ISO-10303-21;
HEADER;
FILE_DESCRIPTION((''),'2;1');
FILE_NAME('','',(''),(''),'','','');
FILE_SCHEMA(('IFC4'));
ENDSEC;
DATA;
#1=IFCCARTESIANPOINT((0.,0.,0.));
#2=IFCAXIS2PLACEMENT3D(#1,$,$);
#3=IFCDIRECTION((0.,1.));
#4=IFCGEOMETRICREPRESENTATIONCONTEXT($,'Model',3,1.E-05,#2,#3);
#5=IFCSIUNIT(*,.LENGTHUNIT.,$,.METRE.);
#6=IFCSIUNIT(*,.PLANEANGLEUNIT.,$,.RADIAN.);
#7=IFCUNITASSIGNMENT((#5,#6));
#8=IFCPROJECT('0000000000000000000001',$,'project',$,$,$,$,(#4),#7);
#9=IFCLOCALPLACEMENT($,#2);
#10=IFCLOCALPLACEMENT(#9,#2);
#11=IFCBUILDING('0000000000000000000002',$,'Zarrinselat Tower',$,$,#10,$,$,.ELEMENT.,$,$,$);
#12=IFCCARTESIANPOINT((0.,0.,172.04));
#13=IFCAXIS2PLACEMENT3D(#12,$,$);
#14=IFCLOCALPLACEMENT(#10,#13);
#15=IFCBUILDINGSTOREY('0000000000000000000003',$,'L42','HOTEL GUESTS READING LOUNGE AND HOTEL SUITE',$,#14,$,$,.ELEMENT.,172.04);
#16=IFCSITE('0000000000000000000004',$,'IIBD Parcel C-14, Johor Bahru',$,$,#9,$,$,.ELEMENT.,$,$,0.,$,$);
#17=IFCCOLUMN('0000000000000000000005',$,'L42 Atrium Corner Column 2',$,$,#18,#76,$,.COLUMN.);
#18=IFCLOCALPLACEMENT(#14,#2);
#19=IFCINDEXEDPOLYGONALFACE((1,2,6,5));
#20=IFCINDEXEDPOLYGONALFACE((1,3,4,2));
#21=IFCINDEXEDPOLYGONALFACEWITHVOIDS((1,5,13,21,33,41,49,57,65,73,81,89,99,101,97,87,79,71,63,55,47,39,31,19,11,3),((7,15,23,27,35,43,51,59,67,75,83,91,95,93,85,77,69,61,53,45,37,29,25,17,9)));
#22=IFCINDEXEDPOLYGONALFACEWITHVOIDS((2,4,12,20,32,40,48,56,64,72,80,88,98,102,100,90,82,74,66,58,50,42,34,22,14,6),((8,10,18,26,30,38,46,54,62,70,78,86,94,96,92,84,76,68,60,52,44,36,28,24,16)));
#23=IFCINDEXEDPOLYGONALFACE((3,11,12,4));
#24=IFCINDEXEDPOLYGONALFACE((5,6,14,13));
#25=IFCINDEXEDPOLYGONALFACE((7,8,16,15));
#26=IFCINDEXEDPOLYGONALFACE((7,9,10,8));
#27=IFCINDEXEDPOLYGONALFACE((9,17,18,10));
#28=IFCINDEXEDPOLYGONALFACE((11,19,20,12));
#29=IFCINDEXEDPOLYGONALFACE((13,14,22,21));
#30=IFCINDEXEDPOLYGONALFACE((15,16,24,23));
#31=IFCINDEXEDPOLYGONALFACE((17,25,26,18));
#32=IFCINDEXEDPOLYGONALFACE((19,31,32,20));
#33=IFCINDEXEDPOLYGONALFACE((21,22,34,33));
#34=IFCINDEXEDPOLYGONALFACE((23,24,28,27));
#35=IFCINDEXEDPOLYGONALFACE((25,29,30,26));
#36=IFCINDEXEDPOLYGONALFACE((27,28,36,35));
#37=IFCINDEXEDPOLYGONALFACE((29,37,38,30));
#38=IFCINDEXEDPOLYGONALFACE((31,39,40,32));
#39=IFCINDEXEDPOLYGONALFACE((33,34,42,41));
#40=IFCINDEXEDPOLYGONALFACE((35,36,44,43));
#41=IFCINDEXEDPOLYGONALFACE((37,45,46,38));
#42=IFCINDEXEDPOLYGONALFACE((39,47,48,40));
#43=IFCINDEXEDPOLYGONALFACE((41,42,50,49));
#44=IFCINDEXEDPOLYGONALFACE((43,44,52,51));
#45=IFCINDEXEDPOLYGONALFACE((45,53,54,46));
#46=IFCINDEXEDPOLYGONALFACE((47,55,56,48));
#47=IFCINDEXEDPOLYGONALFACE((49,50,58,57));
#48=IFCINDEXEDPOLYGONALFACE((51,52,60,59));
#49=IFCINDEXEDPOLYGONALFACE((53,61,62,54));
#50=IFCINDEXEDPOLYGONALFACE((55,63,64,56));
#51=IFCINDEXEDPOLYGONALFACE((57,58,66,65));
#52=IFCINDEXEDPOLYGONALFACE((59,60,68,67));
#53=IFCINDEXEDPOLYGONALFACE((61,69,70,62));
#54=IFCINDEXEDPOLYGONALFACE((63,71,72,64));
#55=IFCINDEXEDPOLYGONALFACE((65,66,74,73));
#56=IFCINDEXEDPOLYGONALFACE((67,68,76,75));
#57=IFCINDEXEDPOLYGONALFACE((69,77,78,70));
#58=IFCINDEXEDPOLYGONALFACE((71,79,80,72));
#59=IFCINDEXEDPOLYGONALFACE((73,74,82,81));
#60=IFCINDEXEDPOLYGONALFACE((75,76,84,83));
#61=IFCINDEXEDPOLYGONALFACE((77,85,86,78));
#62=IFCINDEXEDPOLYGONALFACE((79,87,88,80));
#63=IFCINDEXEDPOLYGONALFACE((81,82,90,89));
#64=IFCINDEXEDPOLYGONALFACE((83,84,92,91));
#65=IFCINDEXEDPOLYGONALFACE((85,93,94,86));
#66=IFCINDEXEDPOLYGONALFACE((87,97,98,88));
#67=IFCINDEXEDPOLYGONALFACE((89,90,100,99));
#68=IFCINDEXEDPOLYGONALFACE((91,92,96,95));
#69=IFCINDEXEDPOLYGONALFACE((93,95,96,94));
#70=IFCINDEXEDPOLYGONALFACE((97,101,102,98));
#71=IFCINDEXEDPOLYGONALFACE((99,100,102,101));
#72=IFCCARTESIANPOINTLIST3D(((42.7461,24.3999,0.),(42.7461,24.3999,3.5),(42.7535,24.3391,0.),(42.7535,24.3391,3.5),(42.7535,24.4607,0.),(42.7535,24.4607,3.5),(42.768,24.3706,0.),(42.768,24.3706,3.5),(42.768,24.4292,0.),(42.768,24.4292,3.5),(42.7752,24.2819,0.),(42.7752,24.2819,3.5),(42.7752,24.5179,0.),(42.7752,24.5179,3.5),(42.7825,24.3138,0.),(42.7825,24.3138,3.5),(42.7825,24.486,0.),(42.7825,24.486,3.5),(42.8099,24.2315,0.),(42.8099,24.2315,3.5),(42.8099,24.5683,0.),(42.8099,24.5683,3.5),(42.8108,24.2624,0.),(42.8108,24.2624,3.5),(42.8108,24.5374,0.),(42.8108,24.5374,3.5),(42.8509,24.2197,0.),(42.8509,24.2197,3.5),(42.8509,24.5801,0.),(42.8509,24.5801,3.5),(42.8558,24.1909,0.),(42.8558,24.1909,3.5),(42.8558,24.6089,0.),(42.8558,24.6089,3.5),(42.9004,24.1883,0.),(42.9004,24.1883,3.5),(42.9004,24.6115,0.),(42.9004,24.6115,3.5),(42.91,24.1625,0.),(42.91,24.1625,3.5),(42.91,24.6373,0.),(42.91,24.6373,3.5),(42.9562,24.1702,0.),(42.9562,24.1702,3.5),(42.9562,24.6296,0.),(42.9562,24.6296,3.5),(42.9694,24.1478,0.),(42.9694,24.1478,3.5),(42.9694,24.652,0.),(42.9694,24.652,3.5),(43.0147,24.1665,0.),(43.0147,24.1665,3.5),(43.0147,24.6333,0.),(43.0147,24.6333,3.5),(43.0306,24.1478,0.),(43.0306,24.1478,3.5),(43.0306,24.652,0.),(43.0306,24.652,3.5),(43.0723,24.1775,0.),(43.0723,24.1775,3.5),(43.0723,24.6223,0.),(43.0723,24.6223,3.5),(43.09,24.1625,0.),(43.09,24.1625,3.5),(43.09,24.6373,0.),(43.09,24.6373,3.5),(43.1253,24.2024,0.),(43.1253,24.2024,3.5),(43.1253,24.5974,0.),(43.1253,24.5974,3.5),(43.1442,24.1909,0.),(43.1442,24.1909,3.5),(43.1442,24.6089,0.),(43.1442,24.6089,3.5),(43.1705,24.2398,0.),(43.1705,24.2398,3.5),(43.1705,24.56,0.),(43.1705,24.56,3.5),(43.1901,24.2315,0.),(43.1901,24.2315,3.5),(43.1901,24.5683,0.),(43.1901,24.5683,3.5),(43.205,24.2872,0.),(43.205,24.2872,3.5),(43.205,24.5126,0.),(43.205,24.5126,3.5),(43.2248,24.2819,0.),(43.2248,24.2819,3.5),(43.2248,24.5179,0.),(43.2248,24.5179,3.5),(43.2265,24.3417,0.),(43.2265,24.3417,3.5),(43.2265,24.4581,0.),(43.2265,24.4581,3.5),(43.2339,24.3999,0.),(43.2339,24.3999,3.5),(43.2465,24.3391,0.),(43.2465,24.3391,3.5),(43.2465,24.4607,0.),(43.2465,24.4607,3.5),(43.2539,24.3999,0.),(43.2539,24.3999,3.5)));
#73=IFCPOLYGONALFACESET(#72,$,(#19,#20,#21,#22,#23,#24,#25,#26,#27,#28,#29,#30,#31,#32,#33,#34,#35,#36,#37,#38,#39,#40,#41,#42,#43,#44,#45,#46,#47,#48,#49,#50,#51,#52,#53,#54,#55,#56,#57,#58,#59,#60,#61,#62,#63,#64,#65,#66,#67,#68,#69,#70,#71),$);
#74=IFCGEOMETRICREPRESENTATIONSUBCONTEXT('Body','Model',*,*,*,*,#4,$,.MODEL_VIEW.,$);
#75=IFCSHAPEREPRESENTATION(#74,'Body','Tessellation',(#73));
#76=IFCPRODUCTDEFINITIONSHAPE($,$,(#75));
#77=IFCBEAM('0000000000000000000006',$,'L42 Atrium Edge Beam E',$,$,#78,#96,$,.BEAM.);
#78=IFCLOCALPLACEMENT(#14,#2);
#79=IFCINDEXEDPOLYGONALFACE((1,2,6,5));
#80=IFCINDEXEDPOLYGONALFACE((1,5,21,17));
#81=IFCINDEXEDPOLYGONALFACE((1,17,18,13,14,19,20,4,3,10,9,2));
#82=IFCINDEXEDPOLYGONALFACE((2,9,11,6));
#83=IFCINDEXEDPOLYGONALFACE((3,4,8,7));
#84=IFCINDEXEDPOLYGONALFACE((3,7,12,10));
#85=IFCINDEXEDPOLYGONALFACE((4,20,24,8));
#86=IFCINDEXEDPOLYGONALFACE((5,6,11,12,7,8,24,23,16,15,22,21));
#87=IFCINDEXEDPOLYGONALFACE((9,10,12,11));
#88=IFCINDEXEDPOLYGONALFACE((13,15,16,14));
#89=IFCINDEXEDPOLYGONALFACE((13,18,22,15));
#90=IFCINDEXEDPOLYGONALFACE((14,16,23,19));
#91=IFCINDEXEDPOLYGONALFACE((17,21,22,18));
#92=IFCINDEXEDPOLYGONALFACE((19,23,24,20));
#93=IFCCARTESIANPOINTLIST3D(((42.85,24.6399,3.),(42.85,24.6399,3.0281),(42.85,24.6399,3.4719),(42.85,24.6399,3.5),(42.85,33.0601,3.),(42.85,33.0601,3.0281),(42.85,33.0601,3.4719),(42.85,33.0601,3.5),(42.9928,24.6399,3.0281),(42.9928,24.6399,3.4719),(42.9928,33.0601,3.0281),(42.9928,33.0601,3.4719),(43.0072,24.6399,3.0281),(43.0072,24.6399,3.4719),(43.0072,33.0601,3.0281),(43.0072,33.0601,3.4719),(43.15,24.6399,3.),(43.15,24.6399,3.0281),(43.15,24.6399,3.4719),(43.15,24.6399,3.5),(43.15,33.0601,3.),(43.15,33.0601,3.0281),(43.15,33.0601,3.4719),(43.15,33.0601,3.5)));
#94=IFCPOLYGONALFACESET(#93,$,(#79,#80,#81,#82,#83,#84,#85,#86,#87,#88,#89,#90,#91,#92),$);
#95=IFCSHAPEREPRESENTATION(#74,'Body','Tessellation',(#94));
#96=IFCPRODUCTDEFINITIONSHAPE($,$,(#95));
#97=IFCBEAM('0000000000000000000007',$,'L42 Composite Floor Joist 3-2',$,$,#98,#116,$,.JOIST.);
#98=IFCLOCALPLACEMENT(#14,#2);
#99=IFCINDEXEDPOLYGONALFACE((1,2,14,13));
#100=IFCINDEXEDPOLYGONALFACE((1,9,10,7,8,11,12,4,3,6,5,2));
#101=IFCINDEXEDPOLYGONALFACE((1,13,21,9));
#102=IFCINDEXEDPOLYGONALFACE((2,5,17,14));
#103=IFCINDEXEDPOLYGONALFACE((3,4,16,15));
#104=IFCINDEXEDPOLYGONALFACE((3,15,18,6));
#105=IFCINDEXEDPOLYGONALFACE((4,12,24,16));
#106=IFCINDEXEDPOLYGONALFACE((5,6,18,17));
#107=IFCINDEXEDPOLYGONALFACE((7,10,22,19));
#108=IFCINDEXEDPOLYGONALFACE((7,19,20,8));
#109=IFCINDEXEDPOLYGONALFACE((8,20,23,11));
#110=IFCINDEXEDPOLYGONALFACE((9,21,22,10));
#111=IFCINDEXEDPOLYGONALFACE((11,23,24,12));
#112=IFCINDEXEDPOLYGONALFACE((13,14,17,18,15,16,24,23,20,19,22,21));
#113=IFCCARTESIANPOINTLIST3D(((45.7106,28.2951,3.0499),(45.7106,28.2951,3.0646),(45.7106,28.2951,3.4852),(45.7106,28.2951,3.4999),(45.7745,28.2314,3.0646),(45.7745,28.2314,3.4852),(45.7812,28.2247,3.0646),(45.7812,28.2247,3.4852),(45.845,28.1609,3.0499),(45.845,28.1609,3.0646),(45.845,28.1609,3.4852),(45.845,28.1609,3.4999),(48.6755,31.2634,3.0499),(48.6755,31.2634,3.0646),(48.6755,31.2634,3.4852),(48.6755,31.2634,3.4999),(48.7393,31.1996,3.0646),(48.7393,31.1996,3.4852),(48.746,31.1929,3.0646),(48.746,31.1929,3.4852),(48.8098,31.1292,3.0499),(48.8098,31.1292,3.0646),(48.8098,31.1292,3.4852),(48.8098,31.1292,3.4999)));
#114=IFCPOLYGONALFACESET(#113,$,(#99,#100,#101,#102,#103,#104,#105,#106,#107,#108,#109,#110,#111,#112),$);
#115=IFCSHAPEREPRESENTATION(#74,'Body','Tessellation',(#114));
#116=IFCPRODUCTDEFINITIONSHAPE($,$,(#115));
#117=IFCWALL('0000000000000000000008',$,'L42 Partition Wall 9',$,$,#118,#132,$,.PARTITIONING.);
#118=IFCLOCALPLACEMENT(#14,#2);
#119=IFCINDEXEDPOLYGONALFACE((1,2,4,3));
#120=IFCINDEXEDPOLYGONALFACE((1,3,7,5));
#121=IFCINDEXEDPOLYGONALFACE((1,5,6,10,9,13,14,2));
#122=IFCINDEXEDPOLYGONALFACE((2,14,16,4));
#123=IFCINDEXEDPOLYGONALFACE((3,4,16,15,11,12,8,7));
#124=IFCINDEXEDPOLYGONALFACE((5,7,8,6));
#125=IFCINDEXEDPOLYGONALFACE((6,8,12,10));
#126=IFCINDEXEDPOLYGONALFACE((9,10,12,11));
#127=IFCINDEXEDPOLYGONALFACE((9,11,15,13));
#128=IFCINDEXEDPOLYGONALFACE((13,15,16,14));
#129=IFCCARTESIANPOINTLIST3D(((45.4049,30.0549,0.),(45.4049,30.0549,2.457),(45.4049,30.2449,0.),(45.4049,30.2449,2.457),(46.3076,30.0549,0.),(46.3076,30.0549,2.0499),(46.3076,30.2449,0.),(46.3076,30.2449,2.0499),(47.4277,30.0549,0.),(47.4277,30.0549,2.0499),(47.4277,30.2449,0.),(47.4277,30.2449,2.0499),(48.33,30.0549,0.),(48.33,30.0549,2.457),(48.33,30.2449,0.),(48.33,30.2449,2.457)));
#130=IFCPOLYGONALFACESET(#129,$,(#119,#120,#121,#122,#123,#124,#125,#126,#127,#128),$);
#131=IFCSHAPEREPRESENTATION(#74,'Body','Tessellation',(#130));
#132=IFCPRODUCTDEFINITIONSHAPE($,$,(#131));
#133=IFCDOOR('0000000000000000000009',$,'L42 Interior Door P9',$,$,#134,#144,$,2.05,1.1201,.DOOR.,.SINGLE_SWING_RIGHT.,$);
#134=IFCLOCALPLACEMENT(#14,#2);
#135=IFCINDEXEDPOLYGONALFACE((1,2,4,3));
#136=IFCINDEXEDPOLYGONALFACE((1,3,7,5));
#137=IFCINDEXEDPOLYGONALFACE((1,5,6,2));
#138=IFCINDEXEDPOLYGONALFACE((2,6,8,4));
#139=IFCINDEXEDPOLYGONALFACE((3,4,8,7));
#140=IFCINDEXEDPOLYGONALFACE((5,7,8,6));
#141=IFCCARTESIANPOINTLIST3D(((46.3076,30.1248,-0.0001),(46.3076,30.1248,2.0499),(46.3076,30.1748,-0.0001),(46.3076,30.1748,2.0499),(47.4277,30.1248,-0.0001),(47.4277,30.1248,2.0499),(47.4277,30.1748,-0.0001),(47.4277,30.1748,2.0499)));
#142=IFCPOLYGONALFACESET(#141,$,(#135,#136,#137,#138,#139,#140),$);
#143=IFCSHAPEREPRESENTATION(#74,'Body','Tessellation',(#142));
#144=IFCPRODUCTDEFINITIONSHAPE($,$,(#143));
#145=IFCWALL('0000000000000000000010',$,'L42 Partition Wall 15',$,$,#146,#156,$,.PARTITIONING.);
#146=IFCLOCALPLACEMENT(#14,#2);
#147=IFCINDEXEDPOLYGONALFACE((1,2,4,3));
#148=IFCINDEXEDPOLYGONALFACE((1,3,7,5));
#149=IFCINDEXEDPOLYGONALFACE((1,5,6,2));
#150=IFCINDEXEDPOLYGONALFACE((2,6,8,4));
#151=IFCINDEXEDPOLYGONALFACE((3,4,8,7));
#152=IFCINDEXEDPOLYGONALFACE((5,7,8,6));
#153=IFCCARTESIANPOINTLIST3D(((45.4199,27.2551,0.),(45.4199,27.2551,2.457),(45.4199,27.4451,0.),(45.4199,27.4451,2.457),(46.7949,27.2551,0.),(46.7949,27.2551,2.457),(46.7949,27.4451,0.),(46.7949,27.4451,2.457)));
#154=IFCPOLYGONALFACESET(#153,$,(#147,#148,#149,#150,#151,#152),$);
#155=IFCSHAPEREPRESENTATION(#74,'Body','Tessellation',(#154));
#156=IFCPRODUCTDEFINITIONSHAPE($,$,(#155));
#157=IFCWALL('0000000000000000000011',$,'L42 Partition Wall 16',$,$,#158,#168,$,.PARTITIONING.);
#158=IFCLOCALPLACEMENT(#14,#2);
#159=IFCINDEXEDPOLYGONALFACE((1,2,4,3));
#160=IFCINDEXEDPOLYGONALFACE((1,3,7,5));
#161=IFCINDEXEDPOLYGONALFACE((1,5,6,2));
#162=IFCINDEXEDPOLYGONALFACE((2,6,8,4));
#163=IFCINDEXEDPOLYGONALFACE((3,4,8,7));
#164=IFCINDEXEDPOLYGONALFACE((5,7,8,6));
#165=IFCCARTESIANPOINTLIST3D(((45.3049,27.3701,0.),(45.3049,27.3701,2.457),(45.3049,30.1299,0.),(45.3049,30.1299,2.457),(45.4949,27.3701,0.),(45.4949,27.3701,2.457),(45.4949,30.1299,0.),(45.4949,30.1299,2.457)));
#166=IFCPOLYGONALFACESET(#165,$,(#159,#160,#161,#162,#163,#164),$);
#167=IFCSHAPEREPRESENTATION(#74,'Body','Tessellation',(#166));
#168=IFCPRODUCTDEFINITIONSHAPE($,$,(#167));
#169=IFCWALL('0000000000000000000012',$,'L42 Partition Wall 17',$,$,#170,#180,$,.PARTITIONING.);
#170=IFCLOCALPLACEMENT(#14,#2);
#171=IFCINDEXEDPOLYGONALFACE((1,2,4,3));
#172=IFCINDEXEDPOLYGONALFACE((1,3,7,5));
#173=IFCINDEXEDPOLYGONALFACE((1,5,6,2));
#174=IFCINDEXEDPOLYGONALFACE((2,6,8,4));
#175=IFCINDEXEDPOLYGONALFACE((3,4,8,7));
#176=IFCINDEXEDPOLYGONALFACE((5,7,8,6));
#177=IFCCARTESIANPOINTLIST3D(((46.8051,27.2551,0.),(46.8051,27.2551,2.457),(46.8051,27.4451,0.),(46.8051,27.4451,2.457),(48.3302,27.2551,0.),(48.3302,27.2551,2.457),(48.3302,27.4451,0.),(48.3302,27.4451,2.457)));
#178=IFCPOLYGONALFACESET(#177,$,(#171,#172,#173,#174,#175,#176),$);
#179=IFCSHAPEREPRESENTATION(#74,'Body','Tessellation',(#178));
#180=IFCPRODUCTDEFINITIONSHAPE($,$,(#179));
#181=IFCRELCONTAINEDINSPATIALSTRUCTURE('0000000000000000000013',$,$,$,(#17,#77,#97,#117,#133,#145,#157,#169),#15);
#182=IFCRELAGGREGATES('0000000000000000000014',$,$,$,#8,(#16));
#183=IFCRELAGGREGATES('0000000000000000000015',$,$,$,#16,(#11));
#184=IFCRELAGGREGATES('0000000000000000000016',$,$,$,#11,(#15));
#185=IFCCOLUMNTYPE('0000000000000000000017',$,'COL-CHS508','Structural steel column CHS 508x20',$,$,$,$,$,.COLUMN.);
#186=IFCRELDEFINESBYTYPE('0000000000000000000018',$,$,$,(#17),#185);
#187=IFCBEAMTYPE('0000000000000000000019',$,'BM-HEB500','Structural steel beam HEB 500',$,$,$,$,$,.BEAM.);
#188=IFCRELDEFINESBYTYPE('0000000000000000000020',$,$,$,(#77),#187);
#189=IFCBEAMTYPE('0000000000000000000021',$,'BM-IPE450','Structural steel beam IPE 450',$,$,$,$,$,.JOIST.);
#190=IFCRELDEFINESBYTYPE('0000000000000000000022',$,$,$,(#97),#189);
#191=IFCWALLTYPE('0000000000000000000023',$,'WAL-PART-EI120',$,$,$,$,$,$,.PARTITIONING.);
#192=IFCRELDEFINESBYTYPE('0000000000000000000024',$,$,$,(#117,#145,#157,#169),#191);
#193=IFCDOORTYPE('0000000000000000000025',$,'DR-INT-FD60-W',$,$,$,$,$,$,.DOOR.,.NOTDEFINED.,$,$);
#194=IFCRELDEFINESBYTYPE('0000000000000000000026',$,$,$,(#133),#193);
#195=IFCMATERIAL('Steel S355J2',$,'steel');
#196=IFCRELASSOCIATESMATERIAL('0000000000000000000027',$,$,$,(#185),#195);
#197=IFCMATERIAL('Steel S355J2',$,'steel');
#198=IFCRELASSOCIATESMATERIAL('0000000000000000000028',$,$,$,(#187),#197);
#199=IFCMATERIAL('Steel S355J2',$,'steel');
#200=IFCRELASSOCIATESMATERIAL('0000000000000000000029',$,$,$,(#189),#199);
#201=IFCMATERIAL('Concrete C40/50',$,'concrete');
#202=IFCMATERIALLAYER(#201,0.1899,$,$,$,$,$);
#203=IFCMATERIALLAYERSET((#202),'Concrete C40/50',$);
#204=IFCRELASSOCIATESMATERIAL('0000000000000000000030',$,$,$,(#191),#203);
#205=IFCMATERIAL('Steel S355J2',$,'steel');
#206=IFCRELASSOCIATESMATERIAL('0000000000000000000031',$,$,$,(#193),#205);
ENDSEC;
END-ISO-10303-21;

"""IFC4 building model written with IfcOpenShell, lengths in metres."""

from ifc_helpers import new_model, si_unit, direction, frame, frame_2d, origin, origin_2d, place, context, subcontext, project, spatial, rectangle, hollow_circle, i_section, extrude, material, layer, layer_set, material_profile, profile_set, type_object, element, fill, save


model = new_model("IFC4")

# Units and contexts
model_context = context("Model", 3, precision=1e-05, world=origin(), true_north=direction((0.0, 1.0)))
body_context = subcontext(model_context, "Body", "Model", "MODEL_VIEW")
ifc_project = project(units=[si_unit("LENGTHUNIT", "METRE"), si_unit("PLANEANGLEUNIT", "RADIAN")], contexts=[model_context])

# Site, building, storey
site_placement = place(None, origin())
site = spatial("IfcSite", under=ifc_project, at=site_placement, Name="IIBD Parcel C-14, Johor Bahru", CompositionType="ELEMENT", RefElevation=0.0)
building_placement = place(site_placement, origin())
building = spatial("IfcBuilding", under=site, at=building_placement, Name="Zarrinselat Tower", CompositionType="ELEMENT")
storey_placement = place(building_placement, frame((0.0, 0.0, 172.04)))
storey = spatial("IfcBuildingStorey", under=building, at=storey_placement, Name="L42", Description="HOTEL GUESTS READING LOUNGE AND HOTEL SUITE", CompositionType="ELEMENT", Elevation=172.04)

# Column
ifc_material_1 = material(Name="Steel S355J2", Category="steel")
ifc_material_profile_1 = material_profile(ifc_material_1, hollow_circle(Radius=0.2539, WallThickness=0.02, at=origin_2d()), Name="CHS 508x20")
ifc_profile_set_1 = profile_set([ifc_material_profile_1], Name="Steel S355J2")
column_type = type_object("IfcColumnType", Name="COL-CHS508", Description="Structural steel column CHS 508x20", PredefinedType="COLUMN", material=ifc_profile_set_1)
column_placement = place(storey_placement, frame((43.0, 24.3999, 0.0), z_axis=(0.0, 0.0, 1.0), x_axis=(1.0, 0.0, 0.0)))
element("IfcColumn", 1, at=column_placement, inside=storey, type_object=column_type, Name="L42 Atrium Corner Column 2", PredefinedType="COLUMN", context=body_context, shape_type="SweptSolid", body=[
    extrude(hollow_circle(Radius=0.2539, WallThickness=0.02, at=origin_2d()), origin(), (0.0, 0.0, 1.0), 3.5),
])

# Beams
ifc_material_2 = material(Name="Steel S355J2", Category="steel")
ifc_material_profile_2 = material_profile(ifc_material_2, i_section(OverallWidth=0.3, OverallDepth=0.5, WebThickness=0.0144, FlangeThickness=0.0281, at=origin_2d()), Name="HEB 500")
ifc_profile_set_2 = profile_set([ifc_material_profile_2], Name="Steel S355J2")
beam_type_1 = type_object("IfcBeamType", Name="BM-HEB500", Description="Structural steel beam HEB 500", PredefinedType="BEAM", material=ifc_profile_set_2)
beam_1_placement = place(storey_placement, frame((43.0, 24.6399, 3.25), z_axis=(0.0, 1.0, 0.0), x_axis=(-1.0, 0.0, 0.0)))
element("IfcBeam", 2, at=beam_1_placement, inside=storey, type_object=beam_type_1, Name="L42 Atrium Edge Beam E", PredefinedType="BEAM", context=body_context, shape_type="SweptSolid", body=[
    extrude(i_section(OverallWidth=0.3, OverallDepth=0.5, WebThickness=0.0144, FlangeThickness=0.0281, at=origin_2d()), origin(), (0.0, 0.0, 1.0), 8.4202),
])
ifc_material_3 = material(Name="Steel S355J2", Category="steel")
ifc_material_profile_3 = material_profile(ifc_material_3, i_section(OverallWidth=0.1899, OverallDepth=0.45, WebThickness=0.0095, FlangeThickness=0.0146, at=origin_2d()), Name="IPE 450")
ifc_profile_set_3 = profile_set([ifc_material_profile_3], Name="Steel S355J2")
beam_type_2 = type_object("IfcBeamType", Name="BM-IPE450", Description="Structural steel beam IPE 450", PredefinedType="JOIST", material=ifc_profile_set_3)
beam_2_placement = place(storey_placement, frame((45.7778, 28.228, 3.2749), z_axis=(0.706699, 0.707514, 0.0), x_axis=(-0.707514, 0.706699, 0.0)))
element("IfcBeam", 3, at=beam_2_placement, inside=storey, type_object=beam_type_2, Name="L42 Composite Floor Joist 3-2", PredefinedType="JOIST", context=body_context, shape_type="SweptSolid", body=[
    extrude(i_section(OverallWidth=0.1899, OverallDepth=0.45, WebThickness=0.0095, FlangeThickness=0.0146, at=origin_2d()), origin(), (0.0, 0.0, 1.0), 4.1953),
])

# Wall, opening, door
ifc_material_4 = material(Name="Concrete C40/50", Category="concrete")
ifc_layer_1 = layer(ifc_material_4, 0.1899)
ifc_layer_set_1 = layer_set([ifc_layer_1], Name="Concrete C40/50")
wall_type_1 = type_object("IfcWallType", Name="WAL-PART-EI120", PredefinedType="PARTITIONING", material=ifc_layer_set_1)
wall_1_placement = place(storey_placement, frame((45.405, 30.1499, 0.0), z_axis=(0.0, 0.0, 1.0), x_axis=(1.0, 0.0, 0.0)))
wall_1 = element("IfcWall", 4, at=wall_1_placement, inside=storey, type_object=wall_type_1, Name="L42 Partition Wall 9", PredefinedType="PARTITIONING", context=body_context, shape_type="SweptSolid", body=[
    extrude(rectangle(XDim=2.925, YDim=0.1899, at=frame_2d((1.4624, 0.0))), origin(), (0.0, 0.0, 1.0), 2.457),
])
opening_1_placement = place(wall_1_placement, frame((0.9026, 0.0, 0.0)))
opening_1 = element("IfcOpeningElement", 5, at=opening_1_placement, cuts=wall_1, PredefinedType="OPENING", context=body_context, shape_type="SweptSolid", body=[
    extrude(rectangle(XDim=1.1201, YDim=2.05, at=frame_2d((0.5601, 1.0249))), frame((0.0, 0.105, 0.0), z_axis=(0.0, -1.0, 0.0), x_axis=(1.0, 0.0, 0.0)), (0.0, 0.0, 1.0), 0.21),
])
ifc_material_5 = material(Name="Steel S355J2", Category="steel")
door_type_1 = type_object("IfcDoorType", Name="DR-INT-FD60-W", OperationType="NOTDEFINED", PredefinedType="DOOR", material=ifc_material_5)
door_1_placement = place(opening_1_placement, origin())
door_1 = element("IfcDoor", 6, at=door_1_placement, inside=storey, type_object=door_type_1, Name="L42 Interior Door P9", OperationType="SINGLE_SWING_RIGHT", OverallHeight=2.05, OverallWidth=1.1201, PredefinedType="DOOR", context=body_context, shape_type="SweptSolid", body=[
    extrude(rectangle(XDim=1.1201, YDim=2.05, at=frame_2d((0.5601, 1.0249))), frame((0.0, 0.0249, 0.0), z_axis=(0.0, -1.0, 0.0), x_axis=(1.0, 0.0, 0.0)), (0.0, 0.0, 1.0), 0.05),
])
fill(opening_1, door_1)

# Walls
wall_2_placement = place(storey_placement, frame((45.4199, 27.3501, 0.0), z_axis=(0.0, 0.0, 1.0), x_axis=(1.0, 0.0, 0.0)))
element("IfcWall", 7, at=wall_2_placement, inside=storey, type_object=wall_type_1, Name="L42 Partition Wall 15", PredefinedType="PARTITIONING", context=body_context, shape_type="SweptSolid", body=[
    extrude(rectangle(XDim=1.375, YDim=0.1899, at=frame_2d((0.6875, 0.0))), origin(), (0.0, 0.0, 1.0), 2.457),
])
wall_3_placement = place(storey_placement, frame((45.3999, 27.3701, 0.0), z_axis=(0.0, 0.0, 1.0), x_axis=(0.0, 1.0, 0.0)))
element("IfcWall", 8, at=wall_3_placement, inside=storey, type_object=wall_type_1, Name="L42 Partition Wall 16", PredefinedType="PARTITIONING", context=body_context, shape_type="SweptSolid", body=[
    extrude(rectangle(XDim=2.7598, YDim=0.1899, at=frame_2d((1.3799, 0.0))), origin(), (0.0, 0.0, 1.0), 2.457),
])
wall_4_placement = place(storey_placement, frame((46.8049, 27.3501, 0.0), z_axis=(0.0, 0.0, 1.0), x_axis=(1.0, 0.0, 0.0)))
element("IfcWall", 9, at=wall_4_placement, inside=storey, type_object=wall_type_1, Name="L42 Partition Wall 17", PredefinedType="PARTITIONING", context=body_context, shape_type="SweptSolid", body=[
    extrude(rectangle(XDim=1.5251, YDim=0.1899, at=frame_2d((0.7627, 0.0))), origin(), (0.0, 0.0, 1.0), 2.457),
])

save(model, "model.ifc")
